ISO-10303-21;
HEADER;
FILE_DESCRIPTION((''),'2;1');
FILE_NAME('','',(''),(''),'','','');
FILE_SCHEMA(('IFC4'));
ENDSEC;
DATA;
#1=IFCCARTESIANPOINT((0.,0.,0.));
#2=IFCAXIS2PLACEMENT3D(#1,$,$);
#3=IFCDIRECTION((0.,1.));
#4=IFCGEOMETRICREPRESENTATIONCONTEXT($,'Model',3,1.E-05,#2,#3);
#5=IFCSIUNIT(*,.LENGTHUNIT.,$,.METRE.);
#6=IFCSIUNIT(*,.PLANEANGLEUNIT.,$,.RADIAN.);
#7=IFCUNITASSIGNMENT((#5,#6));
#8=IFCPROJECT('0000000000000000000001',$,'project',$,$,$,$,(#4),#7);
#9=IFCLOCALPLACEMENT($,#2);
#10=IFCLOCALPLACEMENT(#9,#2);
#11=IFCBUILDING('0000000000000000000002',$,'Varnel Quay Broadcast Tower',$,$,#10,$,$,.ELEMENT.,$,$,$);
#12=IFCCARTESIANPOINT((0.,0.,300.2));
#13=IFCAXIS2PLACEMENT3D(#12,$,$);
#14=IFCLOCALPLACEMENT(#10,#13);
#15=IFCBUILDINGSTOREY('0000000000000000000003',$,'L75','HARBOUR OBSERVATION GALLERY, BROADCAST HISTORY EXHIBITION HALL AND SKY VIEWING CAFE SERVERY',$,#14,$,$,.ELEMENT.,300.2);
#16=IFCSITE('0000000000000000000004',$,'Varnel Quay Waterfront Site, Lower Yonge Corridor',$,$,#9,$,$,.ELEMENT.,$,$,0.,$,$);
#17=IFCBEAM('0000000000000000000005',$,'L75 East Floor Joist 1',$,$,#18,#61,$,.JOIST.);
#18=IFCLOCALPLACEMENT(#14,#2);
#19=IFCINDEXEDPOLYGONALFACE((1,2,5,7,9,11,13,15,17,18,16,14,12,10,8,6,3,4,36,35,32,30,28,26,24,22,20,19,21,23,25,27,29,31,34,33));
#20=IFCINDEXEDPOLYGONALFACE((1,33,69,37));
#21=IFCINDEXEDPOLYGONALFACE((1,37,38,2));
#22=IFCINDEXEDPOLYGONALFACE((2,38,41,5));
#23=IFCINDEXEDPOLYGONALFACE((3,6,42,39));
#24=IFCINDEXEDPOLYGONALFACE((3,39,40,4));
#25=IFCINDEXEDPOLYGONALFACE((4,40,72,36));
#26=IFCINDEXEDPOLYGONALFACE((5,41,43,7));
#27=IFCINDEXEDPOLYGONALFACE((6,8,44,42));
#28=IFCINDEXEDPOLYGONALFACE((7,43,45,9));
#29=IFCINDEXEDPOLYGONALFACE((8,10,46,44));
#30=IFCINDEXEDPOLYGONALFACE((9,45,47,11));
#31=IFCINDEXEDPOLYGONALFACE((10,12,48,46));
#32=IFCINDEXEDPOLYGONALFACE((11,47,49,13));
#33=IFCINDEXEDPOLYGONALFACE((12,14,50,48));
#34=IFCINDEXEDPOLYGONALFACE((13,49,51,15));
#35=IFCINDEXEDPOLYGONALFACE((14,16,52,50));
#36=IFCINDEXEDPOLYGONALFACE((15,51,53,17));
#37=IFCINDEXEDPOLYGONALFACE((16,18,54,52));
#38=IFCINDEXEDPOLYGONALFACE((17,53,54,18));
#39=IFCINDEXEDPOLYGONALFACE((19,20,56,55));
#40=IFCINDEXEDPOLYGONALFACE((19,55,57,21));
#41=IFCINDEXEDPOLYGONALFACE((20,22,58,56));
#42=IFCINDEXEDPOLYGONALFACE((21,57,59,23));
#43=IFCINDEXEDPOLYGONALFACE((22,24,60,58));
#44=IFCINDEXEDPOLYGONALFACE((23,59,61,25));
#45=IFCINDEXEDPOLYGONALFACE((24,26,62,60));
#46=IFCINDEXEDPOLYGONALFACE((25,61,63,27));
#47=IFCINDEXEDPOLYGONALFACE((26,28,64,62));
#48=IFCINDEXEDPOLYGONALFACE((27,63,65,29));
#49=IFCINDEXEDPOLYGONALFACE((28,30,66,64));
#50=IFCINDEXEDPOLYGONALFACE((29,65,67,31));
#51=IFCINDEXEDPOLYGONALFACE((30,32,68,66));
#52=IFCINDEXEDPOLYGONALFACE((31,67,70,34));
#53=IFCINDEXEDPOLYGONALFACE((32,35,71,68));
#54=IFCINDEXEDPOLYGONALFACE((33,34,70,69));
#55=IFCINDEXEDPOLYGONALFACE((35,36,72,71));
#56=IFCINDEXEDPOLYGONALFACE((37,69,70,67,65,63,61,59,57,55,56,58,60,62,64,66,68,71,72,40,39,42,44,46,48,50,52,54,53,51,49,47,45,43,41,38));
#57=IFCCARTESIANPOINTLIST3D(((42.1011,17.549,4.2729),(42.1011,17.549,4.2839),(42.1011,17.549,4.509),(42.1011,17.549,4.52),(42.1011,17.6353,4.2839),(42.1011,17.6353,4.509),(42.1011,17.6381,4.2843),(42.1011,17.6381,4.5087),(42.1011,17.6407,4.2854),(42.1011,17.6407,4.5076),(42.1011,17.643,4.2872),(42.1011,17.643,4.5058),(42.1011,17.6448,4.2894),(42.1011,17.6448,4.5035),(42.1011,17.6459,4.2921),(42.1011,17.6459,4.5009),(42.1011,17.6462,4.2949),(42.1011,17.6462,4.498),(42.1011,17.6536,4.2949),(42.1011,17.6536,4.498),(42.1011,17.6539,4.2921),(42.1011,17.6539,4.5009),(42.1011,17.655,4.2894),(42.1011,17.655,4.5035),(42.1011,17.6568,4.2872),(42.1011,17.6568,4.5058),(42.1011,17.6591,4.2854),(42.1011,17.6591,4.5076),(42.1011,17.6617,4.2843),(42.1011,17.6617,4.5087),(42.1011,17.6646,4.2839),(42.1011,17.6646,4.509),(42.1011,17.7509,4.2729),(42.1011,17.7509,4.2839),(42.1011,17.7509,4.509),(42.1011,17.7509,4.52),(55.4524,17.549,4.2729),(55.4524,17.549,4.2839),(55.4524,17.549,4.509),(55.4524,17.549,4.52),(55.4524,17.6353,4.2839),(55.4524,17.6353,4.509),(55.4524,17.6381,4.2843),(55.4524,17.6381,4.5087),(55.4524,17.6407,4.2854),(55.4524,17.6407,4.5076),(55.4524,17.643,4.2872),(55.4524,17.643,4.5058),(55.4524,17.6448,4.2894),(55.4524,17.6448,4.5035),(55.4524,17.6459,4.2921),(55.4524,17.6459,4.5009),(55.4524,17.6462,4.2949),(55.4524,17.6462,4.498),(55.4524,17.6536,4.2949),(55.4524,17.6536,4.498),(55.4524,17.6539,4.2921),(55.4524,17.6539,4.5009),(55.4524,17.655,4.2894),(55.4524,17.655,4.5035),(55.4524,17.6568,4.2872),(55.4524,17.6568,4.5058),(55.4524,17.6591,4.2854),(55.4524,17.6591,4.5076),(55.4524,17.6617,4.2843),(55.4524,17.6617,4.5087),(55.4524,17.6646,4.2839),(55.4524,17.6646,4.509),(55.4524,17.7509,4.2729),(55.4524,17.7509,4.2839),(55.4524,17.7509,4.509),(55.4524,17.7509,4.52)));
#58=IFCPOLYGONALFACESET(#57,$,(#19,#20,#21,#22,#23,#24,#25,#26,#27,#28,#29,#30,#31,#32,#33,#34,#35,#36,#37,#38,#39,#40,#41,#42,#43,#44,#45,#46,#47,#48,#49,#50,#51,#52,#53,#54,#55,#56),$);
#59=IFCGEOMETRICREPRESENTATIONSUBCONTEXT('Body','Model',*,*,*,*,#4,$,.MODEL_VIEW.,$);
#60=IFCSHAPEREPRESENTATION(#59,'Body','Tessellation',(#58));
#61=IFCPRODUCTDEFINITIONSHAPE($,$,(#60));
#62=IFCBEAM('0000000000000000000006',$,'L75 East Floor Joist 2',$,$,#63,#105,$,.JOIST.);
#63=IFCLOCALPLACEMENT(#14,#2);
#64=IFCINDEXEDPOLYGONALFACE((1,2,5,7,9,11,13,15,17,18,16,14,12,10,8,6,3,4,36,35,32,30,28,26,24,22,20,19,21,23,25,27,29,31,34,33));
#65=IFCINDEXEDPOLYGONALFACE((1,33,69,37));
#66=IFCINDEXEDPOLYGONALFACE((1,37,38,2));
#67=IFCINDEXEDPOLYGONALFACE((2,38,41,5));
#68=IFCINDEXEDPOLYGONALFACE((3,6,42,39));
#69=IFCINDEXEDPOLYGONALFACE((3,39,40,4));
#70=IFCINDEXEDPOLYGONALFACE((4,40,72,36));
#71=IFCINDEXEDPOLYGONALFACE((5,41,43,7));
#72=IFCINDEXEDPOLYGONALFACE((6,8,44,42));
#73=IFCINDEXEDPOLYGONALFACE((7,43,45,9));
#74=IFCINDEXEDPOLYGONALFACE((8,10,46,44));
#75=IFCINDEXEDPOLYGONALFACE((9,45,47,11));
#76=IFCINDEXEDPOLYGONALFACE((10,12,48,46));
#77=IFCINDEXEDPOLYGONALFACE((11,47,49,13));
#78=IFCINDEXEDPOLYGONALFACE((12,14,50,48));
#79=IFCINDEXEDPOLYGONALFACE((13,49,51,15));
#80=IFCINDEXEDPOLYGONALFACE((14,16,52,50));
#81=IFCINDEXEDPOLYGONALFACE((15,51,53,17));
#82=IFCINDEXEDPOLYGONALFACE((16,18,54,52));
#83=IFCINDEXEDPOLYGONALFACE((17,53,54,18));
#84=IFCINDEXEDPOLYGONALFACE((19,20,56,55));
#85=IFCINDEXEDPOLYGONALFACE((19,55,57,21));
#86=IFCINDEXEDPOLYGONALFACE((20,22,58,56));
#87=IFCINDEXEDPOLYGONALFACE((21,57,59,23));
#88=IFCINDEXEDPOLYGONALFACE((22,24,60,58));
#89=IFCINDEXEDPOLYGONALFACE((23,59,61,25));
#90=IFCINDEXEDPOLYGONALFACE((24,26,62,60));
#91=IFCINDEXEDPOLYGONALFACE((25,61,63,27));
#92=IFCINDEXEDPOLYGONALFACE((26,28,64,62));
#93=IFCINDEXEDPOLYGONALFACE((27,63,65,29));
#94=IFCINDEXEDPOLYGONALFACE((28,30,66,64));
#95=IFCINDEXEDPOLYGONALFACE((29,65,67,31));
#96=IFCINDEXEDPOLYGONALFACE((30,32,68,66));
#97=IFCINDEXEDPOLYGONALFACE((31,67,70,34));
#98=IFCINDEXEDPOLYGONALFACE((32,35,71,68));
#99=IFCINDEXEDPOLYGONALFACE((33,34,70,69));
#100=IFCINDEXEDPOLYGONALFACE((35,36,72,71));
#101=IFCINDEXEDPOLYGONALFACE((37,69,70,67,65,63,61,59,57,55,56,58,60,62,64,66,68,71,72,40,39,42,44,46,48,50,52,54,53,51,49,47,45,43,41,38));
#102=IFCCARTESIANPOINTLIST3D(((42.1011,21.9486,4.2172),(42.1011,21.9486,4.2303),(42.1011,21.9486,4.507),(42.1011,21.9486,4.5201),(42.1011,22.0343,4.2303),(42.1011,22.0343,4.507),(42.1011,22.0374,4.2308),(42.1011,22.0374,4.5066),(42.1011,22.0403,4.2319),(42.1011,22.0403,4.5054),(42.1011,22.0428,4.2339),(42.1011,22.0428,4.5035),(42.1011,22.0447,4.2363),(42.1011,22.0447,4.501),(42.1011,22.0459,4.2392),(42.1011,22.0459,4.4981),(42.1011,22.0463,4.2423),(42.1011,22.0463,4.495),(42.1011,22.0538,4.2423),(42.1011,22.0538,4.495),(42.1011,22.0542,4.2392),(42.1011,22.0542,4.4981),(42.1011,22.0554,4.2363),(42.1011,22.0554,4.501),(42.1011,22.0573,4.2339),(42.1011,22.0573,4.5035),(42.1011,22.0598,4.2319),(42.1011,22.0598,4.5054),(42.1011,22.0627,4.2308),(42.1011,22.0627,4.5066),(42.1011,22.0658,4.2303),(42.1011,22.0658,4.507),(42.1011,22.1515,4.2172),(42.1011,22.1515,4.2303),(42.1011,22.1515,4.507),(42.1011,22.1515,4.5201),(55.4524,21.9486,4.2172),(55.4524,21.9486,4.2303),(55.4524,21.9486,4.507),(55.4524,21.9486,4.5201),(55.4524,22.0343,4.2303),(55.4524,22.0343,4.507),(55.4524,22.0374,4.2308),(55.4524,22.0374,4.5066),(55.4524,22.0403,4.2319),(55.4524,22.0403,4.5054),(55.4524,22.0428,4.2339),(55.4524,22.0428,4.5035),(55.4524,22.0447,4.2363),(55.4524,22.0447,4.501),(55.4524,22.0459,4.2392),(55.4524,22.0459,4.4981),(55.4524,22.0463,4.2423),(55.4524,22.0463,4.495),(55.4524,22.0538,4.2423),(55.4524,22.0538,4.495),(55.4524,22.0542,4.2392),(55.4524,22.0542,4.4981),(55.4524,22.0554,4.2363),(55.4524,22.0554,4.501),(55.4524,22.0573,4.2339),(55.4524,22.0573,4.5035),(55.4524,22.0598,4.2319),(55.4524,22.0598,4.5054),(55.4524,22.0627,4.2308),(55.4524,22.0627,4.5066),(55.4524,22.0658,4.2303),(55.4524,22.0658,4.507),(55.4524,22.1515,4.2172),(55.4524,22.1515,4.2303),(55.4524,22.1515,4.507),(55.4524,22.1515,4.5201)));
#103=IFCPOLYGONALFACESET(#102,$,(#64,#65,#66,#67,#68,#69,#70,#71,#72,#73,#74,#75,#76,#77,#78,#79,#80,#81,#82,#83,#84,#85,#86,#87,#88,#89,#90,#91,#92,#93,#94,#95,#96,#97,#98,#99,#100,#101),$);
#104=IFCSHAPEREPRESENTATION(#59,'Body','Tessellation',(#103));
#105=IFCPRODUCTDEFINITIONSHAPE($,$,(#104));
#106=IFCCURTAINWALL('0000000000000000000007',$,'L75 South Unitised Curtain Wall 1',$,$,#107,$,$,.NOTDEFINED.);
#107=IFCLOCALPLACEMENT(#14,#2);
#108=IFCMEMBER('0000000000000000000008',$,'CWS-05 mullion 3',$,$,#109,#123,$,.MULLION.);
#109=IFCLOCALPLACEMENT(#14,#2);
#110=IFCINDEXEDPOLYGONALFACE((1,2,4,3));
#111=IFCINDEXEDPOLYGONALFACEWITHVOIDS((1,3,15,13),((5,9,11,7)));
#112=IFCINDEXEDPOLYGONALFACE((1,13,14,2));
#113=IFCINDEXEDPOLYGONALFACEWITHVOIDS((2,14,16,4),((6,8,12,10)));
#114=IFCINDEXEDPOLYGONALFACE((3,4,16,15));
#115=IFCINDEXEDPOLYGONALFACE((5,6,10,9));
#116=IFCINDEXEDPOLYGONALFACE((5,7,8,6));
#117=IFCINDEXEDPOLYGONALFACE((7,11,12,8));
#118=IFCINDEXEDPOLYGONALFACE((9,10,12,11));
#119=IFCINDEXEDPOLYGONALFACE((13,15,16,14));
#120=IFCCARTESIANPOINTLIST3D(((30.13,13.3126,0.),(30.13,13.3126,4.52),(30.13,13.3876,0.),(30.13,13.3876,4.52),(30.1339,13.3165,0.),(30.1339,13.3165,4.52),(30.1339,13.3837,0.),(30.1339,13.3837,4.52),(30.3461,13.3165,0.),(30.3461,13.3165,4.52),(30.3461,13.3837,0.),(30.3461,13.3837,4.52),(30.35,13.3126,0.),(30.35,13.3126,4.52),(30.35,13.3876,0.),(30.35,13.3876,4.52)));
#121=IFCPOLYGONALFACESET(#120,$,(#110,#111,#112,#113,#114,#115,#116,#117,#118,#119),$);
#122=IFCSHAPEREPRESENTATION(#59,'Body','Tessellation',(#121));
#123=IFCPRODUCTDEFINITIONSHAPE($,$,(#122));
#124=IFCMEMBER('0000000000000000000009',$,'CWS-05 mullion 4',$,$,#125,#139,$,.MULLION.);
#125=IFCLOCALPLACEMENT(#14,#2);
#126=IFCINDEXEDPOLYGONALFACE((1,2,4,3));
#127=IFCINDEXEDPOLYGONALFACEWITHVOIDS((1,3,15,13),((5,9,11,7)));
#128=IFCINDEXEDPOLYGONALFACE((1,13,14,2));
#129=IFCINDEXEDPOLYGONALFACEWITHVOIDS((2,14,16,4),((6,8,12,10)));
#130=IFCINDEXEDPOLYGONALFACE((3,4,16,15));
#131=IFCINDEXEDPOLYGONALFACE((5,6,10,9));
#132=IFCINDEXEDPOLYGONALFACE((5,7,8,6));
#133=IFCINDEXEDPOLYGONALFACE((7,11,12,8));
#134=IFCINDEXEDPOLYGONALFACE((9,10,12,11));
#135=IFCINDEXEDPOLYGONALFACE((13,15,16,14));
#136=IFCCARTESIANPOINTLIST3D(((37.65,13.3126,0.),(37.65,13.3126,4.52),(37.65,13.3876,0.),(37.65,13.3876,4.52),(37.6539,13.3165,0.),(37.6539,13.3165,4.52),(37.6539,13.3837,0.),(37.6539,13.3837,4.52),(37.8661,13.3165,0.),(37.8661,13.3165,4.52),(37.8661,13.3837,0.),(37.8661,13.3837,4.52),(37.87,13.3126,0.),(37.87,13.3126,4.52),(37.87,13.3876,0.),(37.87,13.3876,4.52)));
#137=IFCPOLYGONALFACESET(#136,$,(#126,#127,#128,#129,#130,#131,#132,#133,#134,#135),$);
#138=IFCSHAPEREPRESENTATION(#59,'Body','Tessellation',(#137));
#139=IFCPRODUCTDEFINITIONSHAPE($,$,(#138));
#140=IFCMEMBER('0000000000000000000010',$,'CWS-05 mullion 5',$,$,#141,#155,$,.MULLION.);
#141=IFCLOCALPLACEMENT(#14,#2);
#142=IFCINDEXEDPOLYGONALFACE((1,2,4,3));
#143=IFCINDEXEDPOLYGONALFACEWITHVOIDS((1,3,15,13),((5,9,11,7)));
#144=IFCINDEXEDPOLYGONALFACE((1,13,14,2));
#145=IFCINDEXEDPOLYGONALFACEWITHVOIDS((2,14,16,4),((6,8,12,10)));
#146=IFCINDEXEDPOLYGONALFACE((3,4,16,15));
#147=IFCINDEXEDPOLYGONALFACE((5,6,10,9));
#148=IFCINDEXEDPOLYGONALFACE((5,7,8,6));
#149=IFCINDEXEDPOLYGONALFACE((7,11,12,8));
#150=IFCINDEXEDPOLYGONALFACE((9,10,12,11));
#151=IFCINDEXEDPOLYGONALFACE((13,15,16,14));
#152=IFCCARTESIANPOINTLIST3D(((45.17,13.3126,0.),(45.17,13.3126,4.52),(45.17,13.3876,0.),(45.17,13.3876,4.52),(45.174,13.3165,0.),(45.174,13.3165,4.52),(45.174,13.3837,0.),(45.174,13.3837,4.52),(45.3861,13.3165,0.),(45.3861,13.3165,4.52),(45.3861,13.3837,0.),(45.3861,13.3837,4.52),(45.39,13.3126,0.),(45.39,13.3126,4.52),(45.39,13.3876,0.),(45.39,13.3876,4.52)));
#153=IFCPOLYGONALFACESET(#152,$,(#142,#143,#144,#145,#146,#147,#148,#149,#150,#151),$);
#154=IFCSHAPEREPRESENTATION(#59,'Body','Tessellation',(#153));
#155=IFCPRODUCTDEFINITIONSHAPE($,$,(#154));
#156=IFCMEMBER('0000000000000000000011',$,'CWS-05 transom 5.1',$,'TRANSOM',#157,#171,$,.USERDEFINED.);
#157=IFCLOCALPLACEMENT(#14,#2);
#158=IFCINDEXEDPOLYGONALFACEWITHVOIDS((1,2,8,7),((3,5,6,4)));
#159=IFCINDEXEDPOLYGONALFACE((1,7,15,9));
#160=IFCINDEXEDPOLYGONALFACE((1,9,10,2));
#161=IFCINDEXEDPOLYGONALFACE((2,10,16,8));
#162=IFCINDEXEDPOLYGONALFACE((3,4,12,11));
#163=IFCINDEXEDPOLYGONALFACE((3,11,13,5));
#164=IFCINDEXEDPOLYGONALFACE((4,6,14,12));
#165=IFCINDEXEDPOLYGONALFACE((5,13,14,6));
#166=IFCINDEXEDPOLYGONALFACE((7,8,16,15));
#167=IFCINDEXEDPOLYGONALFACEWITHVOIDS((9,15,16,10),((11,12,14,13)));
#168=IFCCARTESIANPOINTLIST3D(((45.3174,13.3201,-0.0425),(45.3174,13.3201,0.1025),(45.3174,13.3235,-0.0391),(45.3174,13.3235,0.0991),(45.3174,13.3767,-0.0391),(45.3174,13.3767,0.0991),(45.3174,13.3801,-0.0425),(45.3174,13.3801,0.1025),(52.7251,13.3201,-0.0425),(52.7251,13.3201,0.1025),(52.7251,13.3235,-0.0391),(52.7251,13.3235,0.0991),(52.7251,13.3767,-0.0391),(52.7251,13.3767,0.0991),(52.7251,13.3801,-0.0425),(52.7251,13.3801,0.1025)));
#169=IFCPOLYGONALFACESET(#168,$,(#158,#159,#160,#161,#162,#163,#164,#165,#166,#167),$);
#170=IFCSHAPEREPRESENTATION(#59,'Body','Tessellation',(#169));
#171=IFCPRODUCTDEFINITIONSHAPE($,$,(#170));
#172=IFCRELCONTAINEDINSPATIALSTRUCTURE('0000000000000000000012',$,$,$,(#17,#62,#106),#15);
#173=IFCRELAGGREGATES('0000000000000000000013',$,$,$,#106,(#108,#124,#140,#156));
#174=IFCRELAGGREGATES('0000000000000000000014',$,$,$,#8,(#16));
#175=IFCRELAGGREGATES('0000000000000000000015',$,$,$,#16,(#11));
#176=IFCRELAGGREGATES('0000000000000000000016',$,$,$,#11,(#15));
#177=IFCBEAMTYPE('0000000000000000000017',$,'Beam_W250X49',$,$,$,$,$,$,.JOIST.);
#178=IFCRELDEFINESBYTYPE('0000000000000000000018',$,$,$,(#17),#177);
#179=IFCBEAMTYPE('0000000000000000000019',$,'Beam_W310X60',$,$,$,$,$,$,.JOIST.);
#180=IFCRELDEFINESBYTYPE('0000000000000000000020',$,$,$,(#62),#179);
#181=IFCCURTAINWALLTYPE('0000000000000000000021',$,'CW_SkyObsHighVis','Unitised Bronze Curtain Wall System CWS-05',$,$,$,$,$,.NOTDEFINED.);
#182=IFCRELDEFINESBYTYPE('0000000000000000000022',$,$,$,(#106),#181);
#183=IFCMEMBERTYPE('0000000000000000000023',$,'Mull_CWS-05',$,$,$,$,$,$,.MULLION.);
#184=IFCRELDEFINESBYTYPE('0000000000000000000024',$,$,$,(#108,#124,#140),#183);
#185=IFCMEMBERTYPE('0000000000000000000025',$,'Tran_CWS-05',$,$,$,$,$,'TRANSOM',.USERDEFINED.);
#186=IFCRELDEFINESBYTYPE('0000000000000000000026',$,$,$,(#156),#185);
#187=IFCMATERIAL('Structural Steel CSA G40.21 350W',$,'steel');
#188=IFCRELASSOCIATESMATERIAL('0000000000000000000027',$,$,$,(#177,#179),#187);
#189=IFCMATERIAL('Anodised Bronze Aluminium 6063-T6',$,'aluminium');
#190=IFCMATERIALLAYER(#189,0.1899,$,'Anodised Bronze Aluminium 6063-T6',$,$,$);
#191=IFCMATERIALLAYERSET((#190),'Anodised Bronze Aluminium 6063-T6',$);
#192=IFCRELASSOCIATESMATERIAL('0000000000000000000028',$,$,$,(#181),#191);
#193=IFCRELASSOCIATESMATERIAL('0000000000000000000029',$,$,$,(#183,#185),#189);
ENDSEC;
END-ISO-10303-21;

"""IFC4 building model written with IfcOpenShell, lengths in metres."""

from ifc_helpers import new_model, si_unit, direction, frame, origin, origin_2d, place, context, subcontext, project, spatial, hollow_rectangle, i_section, extrude, source, transform, mapped, material, layer, layer_set, material_profile, profile_set, type_object, type_shapes, element, aggregate, save


model = new_model("IFC4")

# Units and contexts
model_context = context("Model", 3, precision=1e-05, world=origin(), true_north=direction((0.0, 1.0)))
body_context = subcontext(model_context, "Body", "Model", "MODEL_VIEW")
ifc_project = project(units=[si_unit("LENGTHUNIT", "METRE"), si_unit("PLANEANGLEUNIT", "RADIAN")], contexts=[model_context])

# Site, building, storey
site_placement = place(None, origin())
site = spatial("IfcSite", under=ifc_project, at=site_placement, Name="Varnel Quay Waterfront Site, Lower Yonge Corridor", CompositionType="ELEMENT", RefElevation=0.0)
building_placement = place(site_placement, origin())
building = spatial("IfcBuilding", under=site, at=building_placement, Name="Varnel Quay Broadcast Tower", CompositionType="ELEMENT")
storey_placement = place(building_placement, frame((0.0, 0.0, 300.2)))
storey = spatial("IfcBuildingStorey", under=building, at=storey_placement, Name="L75", Description="HARBOUR OBSERVATION GALLERY, BROADCAST HISTORY EXHIBITION HALL AND SKY VIEWING CAFE SERVERY", CompositionType="ELEMENT", Elevation=300.2)

# Shared definitions
ifc_material_1 = material(Name="Structural Steel CSA G40.21 350W", Category="steel")

# Beams
ifc_material_profile_1 = material_profile(ifc_material_1, i_section(OverallWidth=0.2019, OverallDepth=0.2471, WebThickness=0.0073, FlangeThickness=0.011, FilletRadius=0.011, at=origin_2d()), Name="W250X49")
ifc_profile_set_1 = profile_set([ifc_material_profile_1], Name="Structural Steel CSA G40.21 350W")
beam_type_1 = type_object("IfcBeamType", Name="Beam_W250X49", PredefinedType="JOIST", material=ifc_profile_set_1)
shared_shape_1 = source(origin(), body_context, "Body", "SweptSolid", [
    extrude(i_section(OverallWidth=0.2019, OverallDepth=0.2471, WebThickness=0.0073, FlangeThickness=0.011, FilletRadius=0.011, at=origin_2d()), origin(), (0.0, 0.0, 1.0), 13.3513),
])
type_shapes(beam_type_1, [shared_shape_1])
beam_1_placement = place(storey_placement, frame((42.1011, 17.6499, 4.3965), z_axis=(1.0, 0.0, 0.0), x_axis=(0.0, 1.0, 0.0)))
element("IfcBeam", 1, at=beam_1_placement, inside=storey, type_object=beam_type_1, Name="L75 East Floor Joist 1", PredefinedType="JOIST", context=body_context, shape_type="MappedRepresentation", body=[
    mapped(shared_shape_1, transform((0.0, 0.0, 0.0), x_axis=(1.0, 0.0, 0.0), y_axis=(0.0, 1.0, 0.0), z_axis=(0.0, 0.0, 1.0), scale=1.0)),
])
ifc_material_profile_2 = material_profile(ifc_material_1, i_section(OverallWidth=0.2029, OverallDepth=0.303, WebThickness=0.0076, FlangeThickness=0.0132, FilletRadius=0.012, at=origin_2d()), Name="W310X60")
ifc_profile_set_2 = profile_set([ifc_material_profile_2], Name="Structural Steel CSA G40.21 350W")
beam_type_2 = type_object("IfcBeamType", Name="Beam_W310X60", PredefinedType="JOIST", material=ifc_profile_set_2)
shared_shape_2 = source(origin(), body_context, "Body", "SweptSolid", [
    extrude(i_section(OverallWidth=0.2029, OverallDepth=0.303, WebThickness=0.0076, FlangeThickness=0.0132, FilletRadius=0.012, at=origin_2d()), origin(), (0.0, 0.0, 1.0), 13.3513),
])
type_shapes(beam_type_2, [shared_shape_2])
beam_2_placement = place(storey_placement, frame((42.1011, 22.05, 4.3687), z_axis=(1.0, 0.0, 0.0), x_axis=(0.0, 1.0, 0.0)))
element("IfcBeam", 2, at=beam_2_placement, inside=storey, type_object=beam_type_2, Name="L75 East Floor Joist 2", PredefinedType="JOIST", context=body_context, shape_type="MappedRepresentation", body=[
    mapped(shared_shape_2, transform((0.0, 0.0, 0.0), x_axis=(1.0, 0.0, 0.0), y_axis=(0.0, 1.0, 0.0), z_axis=(0.0, 0.0, 1.0), scale=1.0)),
])

# Curtain wall, members
ifc_material_2 = material(Name="Anodised Bronze Aluminium 6063-T6", Category="aluminium")
ifc_layer_1 = layer(ifc_material_2, 0.1899, Name="Anodised Bronze Aluminium 6063-T6")
ifc_layer_set_1 = layer_set([ifc_layer_1], Name="Anodised Bronze Aluminium 6063-T6")
curtain_wall_type = type_object("IfcCurtainWallType", Name="CW_SkyObsHighVis", Description="Unitised Bronze Curtain Wall System CWS-05", PredefinedType="NOTDEFINED", material=ifc_layer_set_1)
curtain_wall_placement = place(storey_placement, origin())
curtain_wall = element("IfcCurtainWall", 3, at=curtain_wall_placement, inside=storey, type_object=curtain_wall_type, Name="L75 South Unitised Curtain Wall 1", PredefinedType="NOTDEFINED")
ifc_material_profile_3 = material_profile(ifc_material_2, hollow_rectangle(XDim=0.075, YDim=0.22, WallThickness=0.0039, at=origin_2d()), Name="ALU75X220X4")
ifc_profile_set_3 = profile_set([ifc_material_profile_3], Name="Anodised Bronze Aluminium 6063-T6")
member_type_1 = type_object("IfcMemberType", Name="Mull_CWS-05", PredefinedType="MULLION", material=ifc_profile_set_3)
shared_shape_3 = source(origin(), body_context, "Body", "SweptSolid", [
    extrude(hollow_rectangle(XDim=0.075, YDim=0.22, WallThickness=0.0039, at=origin_2d()), origin(), (0.0, 0.0, 1.0), 4.52),
])
type_shapes(member_type_1, [shared_shape_3])
member_1_placement = place(storey_placement, frame((30.24, 13.3501, 0.0), z_axis=(0.0, 0.0, 1.0), x_axis=(0.0, 1.0, 0.0)))
member_1 = element("IfcMember", 4, at=member_1_placement, type_object=member_type_1, Name="CWS-05 mullion 3", PredefinedType="MULLION", context=body_context, shape_type="MappedRepresentation", body=[
    mapped(shared_shape_3, transform((0.0, 0.0, 0.0), x_axis=(1.0, 0.0, 0.0), y_axis=(0.0, 1.0, 0.0), z_axis=(0.0, 0.0, 1.0), scale=1.0)),
])
member_2_placement = place(storey_placement, frame((37.76, 13.3501, 0.0), z_axis=(0.0, 0.0, 1.0), x_axis=(0.0, 1.0, 0.0)))
member_2 = element("IfcMember", 5, at=member_2_placement, type_object=member_type_1, Name="CWS-05 mullion 4", PredefinedType="MULLION", context=body_context, shape_type="MappedRepresentation", body=[
    mapped(shared_shape_3, transform((0.0, 0.0, 0.0), x_axis=(1.0, 0.0, 0.0), y_axis=(0.0, 1.0, 0.0), z_axis=(0.0, 0.0, 1.0), scale=1.0)),
])
member_3_placement = place(storey_placement, frame((45.28, 13.3501, 0.0), z_axis=(0.0, 0.0, 1.0), x_axis=(0.0, 1.0, 0.0)))
member_3 = element("IfcMember", 6, at=member_3_placement, type_object=member_type_1, Name="CWS-05 mullion 5", PredefinedType="MULLION", context=body_context, shape_type="MappedRepresentation", body=[
    mapped(shared_shape_3, transform((0.0, 0.0, 0.0), x_axis=(1.0, 0.0, 0.0), y_axis=(0.0, 1.0, 0.0), z_axis=(0.0, 0.0, 1.0), scale=1.0)),
])
ifc_material_profile_4 = material_profile(ifc_material_2, hollow_rectangle(XDim=0.0601, YDim=0.145, WallThickness=0.0034, at=origin_2d()), Name="ALU60X145X3.5")
ifc_profile_set_4 = profile_set([ifc_material_profile_4], Name="Anodised Bronze Aluminium 6063-T6")
member_type_2 = type_object("IfcMemberType", Name="Tran_CWS-05", ElementType="TRANSOM", PredefinedType="USERDEFINED", material=ifc_profile_set_4)
shared_shape_4 = source(origin(), body_context, "Body", "SweptSolid", [
    extrude(hollow_rectangle(XDim=0.0601, YDim=0.145, WallThickness=0.0034, at=origin_2d()), origin(), (0.0, 0.0, 1.0), 7.4077),
])
member_4_placement = place(storey_placement, frame((45.3174, 13.3501, 0.03), z_axis=(1.0, 0.0, 0.0), x_axis=(0.0, 1.0, 0.0)))
member_4 = element("IfcMember", 7, at=member_4_placement, type_object=member_type_2, Name="CWS-05 transom 5.1", ObjectType="TRANSOM", PredefinedType="USERDEFINED", context=body_context, shape_type="MappedRepresentation", body=[
    mapped(shared_shape_4, transform((0.0, 0.0, 0.0), x_axis=(1.0, 0.0, 0.0), y_axis=(0.0, 1.0, 0.0), z_axis=(0.0, 0.0, 1.0), scale=1.0)),
])
aggregate(curtain_wall, [member_1, member_2, member_3, member_4])

save(model, "model.ifc")
